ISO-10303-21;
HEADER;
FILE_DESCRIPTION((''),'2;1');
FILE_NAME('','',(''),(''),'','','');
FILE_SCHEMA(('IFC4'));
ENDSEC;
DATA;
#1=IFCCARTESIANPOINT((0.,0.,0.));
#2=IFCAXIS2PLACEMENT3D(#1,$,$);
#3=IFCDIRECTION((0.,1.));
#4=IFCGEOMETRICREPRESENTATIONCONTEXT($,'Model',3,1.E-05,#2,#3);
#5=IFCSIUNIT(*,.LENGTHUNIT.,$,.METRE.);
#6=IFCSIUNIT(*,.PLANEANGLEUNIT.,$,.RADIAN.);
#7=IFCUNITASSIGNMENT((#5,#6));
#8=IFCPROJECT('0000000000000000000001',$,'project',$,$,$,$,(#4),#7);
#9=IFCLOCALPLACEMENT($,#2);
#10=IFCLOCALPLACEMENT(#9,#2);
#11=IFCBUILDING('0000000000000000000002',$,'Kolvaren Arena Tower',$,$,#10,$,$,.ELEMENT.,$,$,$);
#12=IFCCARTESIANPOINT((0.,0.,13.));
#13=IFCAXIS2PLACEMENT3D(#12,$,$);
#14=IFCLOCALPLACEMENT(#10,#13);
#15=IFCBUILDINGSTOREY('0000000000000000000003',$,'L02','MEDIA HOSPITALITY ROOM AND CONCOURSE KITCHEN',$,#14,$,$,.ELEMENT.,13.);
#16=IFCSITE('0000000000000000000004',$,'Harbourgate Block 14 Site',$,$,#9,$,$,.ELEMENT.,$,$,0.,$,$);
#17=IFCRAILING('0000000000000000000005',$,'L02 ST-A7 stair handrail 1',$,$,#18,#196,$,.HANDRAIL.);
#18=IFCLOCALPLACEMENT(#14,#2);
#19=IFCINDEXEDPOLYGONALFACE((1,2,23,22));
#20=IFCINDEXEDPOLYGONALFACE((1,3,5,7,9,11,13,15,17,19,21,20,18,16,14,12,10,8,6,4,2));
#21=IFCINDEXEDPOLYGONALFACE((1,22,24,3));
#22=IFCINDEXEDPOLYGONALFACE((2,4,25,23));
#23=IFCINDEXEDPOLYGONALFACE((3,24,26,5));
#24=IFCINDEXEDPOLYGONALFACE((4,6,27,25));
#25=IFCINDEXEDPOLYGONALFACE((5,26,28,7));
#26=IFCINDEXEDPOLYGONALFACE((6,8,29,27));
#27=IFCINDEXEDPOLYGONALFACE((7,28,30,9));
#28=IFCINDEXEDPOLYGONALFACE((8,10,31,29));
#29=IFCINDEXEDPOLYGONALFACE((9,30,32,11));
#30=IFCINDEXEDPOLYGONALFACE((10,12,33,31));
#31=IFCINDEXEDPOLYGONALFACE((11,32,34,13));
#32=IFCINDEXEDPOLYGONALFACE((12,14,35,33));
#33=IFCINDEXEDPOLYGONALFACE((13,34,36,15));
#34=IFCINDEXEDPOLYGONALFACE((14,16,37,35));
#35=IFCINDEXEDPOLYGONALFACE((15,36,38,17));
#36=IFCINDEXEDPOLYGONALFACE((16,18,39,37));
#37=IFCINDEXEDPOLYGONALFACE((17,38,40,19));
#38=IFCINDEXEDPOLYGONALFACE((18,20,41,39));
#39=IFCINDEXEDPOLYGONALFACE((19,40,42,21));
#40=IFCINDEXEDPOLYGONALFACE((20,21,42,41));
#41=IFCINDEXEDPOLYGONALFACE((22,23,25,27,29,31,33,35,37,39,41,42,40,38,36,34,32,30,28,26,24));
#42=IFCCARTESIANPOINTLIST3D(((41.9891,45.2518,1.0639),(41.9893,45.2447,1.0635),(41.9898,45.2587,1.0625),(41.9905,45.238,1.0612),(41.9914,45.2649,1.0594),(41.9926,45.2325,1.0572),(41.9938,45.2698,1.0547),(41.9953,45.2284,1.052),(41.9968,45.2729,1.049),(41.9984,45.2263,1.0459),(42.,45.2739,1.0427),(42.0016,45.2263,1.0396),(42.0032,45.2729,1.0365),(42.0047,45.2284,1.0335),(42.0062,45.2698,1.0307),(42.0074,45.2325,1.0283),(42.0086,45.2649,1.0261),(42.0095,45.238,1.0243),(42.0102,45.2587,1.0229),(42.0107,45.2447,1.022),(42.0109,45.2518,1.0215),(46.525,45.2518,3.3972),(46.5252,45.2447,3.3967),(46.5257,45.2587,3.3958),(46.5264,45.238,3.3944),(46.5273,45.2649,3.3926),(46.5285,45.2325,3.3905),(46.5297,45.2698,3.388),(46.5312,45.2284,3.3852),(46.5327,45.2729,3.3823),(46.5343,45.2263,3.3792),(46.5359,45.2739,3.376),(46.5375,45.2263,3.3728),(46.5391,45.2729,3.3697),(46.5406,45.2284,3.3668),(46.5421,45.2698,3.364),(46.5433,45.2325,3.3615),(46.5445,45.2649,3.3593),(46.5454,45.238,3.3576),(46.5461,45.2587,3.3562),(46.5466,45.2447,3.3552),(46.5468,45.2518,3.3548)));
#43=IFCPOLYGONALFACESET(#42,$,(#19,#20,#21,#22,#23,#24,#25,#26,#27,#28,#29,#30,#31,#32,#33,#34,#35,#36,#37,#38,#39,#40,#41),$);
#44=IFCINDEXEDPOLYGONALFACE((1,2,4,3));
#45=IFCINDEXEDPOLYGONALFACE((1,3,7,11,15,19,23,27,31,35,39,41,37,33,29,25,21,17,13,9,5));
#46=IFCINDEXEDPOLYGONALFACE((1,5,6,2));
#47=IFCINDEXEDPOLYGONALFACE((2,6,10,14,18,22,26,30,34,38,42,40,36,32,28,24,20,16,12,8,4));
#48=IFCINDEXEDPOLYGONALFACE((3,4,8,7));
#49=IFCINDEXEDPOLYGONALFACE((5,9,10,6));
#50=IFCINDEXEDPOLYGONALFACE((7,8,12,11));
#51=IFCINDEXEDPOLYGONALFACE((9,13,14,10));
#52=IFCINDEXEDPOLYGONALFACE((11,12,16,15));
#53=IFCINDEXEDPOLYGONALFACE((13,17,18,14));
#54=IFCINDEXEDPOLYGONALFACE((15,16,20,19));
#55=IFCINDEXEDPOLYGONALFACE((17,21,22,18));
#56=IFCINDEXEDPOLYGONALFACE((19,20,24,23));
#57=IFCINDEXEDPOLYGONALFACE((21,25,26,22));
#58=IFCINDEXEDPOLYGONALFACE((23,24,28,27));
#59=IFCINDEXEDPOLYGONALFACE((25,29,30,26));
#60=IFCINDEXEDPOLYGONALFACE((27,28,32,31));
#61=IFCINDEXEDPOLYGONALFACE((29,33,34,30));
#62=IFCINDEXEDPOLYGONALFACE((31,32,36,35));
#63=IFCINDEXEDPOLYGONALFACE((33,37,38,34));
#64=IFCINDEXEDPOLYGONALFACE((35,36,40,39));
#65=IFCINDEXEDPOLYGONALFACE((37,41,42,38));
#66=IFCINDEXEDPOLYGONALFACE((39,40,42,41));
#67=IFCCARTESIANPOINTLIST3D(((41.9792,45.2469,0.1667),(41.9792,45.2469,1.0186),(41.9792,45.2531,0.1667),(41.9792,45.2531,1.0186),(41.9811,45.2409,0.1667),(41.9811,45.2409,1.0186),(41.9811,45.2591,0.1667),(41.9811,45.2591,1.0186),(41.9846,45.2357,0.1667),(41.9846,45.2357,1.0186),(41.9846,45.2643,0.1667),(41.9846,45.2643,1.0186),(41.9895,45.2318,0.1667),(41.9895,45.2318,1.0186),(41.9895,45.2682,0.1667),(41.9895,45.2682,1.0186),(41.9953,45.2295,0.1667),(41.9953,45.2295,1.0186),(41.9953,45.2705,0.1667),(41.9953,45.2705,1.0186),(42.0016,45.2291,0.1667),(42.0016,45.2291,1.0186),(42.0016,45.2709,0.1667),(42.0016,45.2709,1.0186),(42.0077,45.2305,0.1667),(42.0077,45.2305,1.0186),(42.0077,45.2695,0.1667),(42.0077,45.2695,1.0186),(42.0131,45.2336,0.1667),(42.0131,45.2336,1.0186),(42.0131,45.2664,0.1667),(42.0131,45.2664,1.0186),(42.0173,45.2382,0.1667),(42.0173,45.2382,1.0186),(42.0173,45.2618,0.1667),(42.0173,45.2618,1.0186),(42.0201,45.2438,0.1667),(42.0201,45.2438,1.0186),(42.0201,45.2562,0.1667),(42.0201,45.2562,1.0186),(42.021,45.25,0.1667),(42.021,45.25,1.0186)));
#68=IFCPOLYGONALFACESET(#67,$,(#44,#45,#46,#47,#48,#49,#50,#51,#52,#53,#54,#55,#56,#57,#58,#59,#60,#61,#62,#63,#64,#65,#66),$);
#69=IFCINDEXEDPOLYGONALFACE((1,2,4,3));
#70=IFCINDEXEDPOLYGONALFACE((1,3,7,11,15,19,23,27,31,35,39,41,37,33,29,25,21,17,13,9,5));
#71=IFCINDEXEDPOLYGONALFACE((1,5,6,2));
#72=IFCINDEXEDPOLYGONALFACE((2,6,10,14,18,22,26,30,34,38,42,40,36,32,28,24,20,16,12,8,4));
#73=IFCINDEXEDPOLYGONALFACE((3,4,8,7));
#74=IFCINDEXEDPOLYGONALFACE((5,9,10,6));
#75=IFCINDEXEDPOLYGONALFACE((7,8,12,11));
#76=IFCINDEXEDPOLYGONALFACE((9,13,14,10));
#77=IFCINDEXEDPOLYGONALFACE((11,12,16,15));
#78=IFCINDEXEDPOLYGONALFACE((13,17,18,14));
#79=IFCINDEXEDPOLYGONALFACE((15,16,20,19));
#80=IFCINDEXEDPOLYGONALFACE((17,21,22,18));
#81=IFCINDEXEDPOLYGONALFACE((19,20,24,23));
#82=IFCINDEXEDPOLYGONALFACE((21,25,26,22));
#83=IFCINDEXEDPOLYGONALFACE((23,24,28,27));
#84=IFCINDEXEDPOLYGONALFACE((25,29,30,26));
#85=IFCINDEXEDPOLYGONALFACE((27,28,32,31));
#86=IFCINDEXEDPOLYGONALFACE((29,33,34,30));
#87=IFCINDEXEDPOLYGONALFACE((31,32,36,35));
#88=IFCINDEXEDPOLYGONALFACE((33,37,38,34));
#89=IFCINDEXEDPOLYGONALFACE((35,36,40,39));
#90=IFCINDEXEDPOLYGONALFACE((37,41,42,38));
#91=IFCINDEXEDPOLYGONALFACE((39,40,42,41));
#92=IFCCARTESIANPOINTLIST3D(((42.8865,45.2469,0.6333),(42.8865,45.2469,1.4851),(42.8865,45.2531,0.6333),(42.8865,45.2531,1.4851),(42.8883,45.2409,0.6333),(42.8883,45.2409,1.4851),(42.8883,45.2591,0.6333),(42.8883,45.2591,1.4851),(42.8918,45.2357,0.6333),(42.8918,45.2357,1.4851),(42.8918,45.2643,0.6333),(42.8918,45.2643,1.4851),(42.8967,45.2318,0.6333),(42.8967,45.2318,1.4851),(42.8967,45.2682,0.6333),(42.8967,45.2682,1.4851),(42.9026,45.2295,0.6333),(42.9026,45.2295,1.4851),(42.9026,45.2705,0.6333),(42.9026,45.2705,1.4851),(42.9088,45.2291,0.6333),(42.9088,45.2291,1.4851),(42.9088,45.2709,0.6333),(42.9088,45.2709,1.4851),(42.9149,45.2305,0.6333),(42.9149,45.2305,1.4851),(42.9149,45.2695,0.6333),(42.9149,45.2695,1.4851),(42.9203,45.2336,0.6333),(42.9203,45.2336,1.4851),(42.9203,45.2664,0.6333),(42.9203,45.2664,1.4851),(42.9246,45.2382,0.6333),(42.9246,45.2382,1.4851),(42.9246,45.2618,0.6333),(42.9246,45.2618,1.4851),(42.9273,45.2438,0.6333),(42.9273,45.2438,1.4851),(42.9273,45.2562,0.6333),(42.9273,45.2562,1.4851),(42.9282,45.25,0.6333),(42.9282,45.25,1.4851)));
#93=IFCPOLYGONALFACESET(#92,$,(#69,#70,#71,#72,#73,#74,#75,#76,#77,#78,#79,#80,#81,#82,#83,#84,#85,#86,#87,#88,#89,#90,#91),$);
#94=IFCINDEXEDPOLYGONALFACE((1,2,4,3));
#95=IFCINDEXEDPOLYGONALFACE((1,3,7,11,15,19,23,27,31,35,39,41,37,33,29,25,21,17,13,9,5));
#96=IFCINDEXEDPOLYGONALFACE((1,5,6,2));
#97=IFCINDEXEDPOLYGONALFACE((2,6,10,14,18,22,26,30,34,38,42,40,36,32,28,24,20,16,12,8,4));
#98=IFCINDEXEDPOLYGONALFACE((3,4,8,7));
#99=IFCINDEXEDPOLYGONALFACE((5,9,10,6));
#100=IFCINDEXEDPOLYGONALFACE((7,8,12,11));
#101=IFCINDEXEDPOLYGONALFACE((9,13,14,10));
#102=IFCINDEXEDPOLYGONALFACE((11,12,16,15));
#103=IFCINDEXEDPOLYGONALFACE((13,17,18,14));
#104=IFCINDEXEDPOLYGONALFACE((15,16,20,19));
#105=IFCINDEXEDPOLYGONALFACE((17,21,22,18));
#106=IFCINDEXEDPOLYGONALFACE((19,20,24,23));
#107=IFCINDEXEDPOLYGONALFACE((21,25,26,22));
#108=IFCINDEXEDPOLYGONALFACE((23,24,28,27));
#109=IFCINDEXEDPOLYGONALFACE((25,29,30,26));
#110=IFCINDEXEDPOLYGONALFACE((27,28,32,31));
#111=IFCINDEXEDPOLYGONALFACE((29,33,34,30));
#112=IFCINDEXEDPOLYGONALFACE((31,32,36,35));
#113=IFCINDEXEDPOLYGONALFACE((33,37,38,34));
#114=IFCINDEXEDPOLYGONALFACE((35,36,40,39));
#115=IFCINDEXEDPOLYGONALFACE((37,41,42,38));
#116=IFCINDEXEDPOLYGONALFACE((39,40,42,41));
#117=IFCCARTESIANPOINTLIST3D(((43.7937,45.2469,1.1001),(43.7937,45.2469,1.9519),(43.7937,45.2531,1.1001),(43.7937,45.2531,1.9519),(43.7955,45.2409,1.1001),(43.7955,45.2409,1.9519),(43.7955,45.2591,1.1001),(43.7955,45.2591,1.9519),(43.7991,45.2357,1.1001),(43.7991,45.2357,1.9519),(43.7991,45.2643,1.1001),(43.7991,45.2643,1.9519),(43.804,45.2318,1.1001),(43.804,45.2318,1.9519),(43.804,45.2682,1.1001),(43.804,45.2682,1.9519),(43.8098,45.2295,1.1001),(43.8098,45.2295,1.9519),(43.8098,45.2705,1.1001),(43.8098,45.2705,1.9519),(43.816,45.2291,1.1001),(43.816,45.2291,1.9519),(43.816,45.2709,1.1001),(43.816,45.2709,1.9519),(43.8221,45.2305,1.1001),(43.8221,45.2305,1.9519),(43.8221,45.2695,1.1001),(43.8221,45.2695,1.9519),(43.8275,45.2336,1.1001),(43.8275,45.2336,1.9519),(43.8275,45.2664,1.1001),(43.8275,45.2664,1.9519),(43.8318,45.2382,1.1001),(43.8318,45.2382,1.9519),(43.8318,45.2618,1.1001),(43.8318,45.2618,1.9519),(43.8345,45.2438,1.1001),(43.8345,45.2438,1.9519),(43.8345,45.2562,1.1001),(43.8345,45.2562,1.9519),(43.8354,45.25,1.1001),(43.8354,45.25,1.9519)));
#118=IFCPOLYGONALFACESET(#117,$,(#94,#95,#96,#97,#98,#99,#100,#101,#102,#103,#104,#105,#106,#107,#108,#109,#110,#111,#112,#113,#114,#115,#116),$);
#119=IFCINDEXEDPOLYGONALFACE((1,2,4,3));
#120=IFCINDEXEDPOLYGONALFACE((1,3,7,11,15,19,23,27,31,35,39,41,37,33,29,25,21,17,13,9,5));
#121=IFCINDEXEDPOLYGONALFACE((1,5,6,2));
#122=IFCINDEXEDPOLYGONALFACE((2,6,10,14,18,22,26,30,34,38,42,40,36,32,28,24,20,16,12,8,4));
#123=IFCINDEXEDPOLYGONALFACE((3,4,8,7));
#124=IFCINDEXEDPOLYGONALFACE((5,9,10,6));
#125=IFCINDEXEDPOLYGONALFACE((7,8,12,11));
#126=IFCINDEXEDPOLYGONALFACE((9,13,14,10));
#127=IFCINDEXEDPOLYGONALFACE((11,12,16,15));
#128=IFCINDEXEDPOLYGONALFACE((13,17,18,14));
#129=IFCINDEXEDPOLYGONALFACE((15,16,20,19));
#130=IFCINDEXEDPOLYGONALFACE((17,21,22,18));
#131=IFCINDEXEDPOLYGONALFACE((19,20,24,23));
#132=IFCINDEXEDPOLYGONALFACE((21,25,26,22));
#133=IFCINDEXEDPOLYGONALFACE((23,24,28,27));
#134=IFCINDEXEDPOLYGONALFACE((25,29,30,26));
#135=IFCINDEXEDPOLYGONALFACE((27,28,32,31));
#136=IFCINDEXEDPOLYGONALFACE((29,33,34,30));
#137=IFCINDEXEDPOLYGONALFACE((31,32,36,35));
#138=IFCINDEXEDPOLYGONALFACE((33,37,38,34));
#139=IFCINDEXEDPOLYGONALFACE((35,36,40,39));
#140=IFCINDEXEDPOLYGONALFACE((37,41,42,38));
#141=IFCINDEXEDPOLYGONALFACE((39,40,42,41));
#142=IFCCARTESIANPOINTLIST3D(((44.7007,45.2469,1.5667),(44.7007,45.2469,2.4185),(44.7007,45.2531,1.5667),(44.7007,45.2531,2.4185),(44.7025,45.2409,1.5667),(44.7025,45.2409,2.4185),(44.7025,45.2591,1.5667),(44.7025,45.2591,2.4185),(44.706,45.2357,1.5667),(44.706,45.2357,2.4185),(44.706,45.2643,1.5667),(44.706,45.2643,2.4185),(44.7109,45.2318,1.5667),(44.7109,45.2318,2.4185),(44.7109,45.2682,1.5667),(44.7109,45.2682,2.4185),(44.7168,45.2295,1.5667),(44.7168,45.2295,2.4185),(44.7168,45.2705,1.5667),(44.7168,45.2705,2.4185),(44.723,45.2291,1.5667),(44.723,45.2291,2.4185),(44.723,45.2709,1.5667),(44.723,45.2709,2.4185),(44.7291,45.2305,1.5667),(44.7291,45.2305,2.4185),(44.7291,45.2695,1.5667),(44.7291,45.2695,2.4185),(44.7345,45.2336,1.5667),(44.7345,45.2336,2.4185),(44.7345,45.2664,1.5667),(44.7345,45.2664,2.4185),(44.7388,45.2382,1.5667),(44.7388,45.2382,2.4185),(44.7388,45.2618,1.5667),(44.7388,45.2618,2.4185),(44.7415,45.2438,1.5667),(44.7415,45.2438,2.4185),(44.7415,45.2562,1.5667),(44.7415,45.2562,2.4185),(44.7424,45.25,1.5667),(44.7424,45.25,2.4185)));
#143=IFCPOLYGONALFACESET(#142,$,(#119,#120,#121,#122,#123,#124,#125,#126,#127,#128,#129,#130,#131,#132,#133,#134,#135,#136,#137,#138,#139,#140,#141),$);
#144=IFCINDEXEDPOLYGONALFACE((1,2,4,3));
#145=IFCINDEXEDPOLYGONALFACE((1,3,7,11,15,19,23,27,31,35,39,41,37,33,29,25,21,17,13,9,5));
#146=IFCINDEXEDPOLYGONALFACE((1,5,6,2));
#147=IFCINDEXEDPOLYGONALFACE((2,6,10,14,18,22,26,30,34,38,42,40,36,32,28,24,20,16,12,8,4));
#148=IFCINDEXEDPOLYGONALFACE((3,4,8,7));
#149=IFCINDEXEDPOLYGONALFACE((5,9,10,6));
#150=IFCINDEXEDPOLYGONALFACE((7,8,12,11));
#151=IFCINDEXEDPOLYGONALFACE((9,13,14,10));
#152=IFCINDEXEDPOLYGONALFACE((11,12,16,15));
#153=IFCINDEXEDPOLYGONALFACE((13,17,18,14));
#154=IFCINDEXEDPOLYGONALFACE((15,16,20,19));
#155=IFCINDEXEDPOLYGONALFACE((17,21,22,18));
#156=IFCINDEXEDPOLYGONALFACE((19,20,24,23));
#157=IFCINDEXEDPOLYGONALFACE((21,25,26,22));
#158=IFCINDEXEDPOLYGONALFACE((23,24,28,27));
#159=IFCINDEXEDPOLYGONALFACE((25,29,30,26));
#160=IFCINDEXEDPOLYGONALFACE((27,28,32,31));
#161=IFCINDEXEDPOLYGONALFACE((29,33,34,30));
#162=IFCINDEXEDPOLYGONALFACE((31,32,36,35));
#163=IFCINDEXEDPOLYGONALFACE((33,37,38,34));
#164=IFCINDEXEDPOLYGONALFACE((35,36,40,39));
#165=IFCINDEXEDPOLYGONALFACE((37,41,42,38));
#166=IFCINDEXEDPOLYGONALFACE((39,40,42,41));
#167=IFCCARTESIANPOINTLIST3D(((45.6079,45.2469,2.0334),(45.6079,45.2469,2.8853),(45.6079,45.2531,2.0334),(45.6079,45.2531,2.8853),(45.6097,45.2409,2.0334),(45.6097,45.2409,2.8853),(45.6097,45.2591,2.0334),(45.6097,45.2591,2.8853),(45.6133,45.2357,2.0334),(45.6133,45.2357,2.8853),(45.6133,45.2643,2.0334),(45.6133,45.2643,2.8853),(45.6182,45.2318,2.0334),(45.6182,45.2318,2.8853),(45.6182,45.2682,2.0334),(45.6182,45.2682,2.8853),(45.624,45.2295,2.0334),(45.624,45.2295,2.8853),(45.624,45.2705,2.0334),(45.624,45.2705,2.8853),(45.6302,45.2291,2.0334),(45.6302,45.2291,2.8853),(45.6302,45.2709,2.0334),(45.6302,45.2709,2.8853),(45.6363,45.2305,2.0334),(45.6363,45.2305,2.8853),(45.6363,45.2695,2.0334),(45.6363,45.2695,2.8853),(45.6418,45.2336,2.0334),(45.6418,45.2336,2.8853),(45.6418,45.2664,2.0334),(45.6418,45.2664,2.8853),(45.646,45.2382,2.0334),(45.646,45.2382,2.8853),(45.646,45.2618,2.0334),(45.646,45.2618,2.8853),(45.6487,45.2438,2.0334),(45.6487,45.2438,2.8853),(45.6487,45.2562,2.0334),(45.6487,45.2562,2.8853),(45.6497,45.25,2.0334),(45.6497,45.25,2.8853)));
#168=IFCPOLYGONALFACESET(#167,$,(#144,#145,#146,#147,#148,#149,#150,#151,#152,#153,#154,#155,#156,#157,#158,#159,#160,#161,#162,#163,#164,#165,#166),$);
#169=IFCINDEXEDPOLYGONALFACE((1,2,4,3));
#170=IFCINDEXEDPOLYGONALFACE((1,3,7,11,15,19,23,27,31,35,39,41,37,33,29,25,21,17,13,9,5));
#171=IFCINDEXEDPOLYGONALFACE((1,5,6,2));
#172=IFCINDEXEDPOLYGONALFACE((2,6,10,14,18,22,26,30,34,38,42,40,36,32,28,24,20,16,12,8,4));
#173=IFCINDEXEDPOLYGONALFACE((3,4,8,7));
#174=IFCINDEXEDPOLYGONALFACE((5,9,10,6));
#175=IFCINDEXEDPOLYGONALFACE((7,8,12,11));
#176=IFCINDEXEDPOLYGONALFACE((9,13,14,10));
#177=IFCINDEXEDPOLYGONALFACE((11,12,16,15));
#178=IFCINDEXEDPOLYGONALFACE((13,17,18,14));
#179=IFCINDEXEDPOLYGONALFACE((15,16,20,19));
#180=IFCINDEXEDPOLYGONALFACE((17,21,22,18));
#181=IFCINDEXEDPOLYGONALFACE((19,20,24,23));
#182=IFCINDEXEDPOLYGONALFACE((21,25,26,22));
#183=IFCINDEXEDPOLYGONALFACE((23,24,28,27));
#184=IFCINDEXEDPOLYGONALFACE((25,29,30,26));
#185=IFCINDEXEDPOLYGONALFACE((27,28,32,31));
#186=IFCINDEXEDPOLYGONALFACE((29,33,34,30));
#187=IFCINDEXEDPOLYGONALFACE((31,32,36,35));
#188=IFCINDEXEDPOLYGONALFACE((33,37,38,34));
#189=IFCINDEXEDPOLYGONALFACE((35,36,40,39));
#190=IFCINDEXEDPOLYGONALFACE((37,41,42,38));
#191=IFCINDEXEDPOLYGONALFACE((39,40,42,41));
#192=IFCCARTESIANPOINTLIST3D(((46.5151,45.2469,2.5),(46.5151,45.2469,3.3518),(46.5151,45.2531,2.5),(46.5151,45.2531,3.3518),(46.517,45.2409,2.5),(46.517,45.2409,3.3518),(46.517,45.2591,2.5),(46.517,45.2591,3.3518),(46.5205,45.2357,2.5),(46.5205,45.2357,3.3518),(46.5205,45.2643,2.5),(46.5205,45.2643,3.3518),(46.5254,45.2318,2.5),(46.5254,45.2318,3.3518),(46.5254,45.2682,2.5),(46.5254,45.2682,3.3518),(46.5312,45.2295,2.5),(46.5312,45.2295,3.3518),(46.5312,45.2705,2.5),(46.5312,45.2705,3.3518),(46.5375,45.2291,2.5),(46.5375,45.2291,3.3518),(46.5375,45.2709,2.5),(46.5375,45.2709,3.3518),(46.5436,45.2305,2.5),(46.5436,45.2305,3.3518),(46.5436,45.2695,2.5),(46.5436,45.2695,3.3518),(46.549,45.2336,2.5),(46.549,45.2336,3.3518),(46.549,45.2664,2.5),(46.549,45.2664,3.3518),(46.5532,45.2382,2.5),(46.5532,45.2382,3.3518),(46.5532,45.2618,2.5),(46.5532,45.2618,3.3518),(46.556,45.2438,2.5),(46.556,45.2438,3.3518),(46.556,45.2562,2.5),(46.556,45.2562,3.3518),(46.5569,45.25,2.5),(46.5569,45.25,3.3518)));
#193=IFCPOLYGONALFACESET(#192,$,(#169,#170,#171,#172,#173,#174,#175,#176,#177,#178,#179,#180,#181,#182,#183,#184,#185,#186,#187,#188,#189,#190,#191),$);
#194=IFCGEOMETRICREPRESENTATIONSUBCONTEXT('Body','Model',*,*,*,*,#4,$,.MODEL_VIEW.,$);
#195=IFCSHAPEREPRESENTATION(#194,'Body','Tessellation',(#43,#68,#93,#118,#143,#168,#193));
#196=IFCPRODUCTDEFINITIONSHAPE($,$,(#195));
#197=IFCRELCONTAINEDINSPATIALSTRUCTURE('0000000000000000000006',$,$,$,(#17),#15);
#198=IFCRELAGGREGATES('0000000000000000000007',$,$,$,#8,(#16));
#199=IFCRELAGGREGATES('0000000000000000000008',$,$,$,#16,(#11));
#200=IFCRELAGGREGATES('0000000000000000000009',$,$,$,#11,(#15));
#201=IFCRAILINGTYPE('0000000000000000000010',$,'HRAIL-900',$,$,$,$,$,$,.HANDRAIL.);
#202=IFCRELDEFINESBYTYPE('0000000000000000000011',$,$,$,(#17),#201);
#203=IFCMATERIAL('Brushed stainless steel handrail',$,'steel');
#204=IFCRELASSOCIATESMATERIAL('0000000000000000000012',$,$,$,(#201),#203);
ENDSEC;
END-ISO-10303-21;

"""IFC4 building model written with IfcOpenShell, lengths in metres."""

from ifc_helpers import new_model, si_unit, direction, frame, origin, origin_2d, place, context, subcontext, project, spatial, circle, extrude, material, type_object, element, save


model = new_model("IFC4")

# Units and contexts
model_context = context("Model", 3, precision=1e-05, world=origin(), true_north=direction((0.0, 1.0)))
body_context = subcontext(model_context, "Body", "Model", "MODEL_VIEW")
ifc_project = project(units=[si_unit("LENGTHUNIT", "METRE"), si_unit("PLANEANGLEUNIT", "RADIAN")], contexts=[model_context])

# Site, building, storey
site_placement = place(None, origin())
site = spatial("IfcSite", under=ifc_project, at=site_placement, Name="Harbourgate Block 14 Site", CompositionType="ELEMENT", RefElevation=0.0)
building_placement = place(site_placement, origin())
building = spatial("IfcBuilding", under=site, at=building_placement, Name="Kolvaren Arena Tower", CompositionType="ELEMENT")
storey_placement = place(building_placement, frame((0.0, 0.0, 13.0)))
storey = spatial("IfcBuildingStorey", under=building, at=storey_placement, Name="L02", Description="MEDIA HOSPITALITY ROOM AND CONCOURSE KITCHEN", CompositionType="ELEMENT", Elevation=13.0)

# Railing
ifc_material_1 = material(Name="Brushed stainless steel handrail", Category="steel")
railing_type_1 = type_object("IfcRailingType", Name="HRAIL-900", PredefinedType="HANDRAIL", material=ifc_material_1)
railing_1_placement = place(storey_placement, frame((42.0, 45.25, 0.1667)))
element("IfcRailing", 1, at=railing_1_placement, inside=storey, type_object=railing_type_1, Name="L02 ST-A7 stair handrail 1", PredefinedType="HANDRAIL", context=body_context, shape_type="SweptSolid", body=[
    extrude(circle(Radius=0.0239, at=origin_2d()), frame((0.0, 0.0, 0.876), z_axis=(0.889247, 0.0, 0.457427), x_axis=(0.0, 1.0, 0.0)), (0.0, 0.0, 1.0), 5.1008),
    extrude(circle(Radius=0.021, at=origin_2d()), origin(), (0.0, 0.0, 1.0), 0.8518),
    extrude(circle(Radius=0.021, at=origin_2d()), frame((0.9072, 0.0, 0.4666)), (0.0, 0.0, 1.0), 0.8518),
    extrude(circle(Radius=0.021, at=origin_2d()), frame((1.8145, 0.0, 0.9333)), (0.0, 0.0, 1.0), 0.8518),
    extrude(circle(Radius=0.021, at=origin_2d()), frame((2.7214, 0.0, 1.3999)), (0.0, 0.0, 1.0), 0.8518),
    extrude(circle(Radius=0.021, at=origin_2d()), frame((3.6287, 0.0, 1.8667)), (0.0, 0.0, 1.0), 0.8518),
    extrude(circle(Radius=0.021, at=origin_2d()), frame((4.5359, 0.0, 2.3333)), (0.0, 0.0, 1.0), 0.8518),
])

save(model, "model.ifc")
